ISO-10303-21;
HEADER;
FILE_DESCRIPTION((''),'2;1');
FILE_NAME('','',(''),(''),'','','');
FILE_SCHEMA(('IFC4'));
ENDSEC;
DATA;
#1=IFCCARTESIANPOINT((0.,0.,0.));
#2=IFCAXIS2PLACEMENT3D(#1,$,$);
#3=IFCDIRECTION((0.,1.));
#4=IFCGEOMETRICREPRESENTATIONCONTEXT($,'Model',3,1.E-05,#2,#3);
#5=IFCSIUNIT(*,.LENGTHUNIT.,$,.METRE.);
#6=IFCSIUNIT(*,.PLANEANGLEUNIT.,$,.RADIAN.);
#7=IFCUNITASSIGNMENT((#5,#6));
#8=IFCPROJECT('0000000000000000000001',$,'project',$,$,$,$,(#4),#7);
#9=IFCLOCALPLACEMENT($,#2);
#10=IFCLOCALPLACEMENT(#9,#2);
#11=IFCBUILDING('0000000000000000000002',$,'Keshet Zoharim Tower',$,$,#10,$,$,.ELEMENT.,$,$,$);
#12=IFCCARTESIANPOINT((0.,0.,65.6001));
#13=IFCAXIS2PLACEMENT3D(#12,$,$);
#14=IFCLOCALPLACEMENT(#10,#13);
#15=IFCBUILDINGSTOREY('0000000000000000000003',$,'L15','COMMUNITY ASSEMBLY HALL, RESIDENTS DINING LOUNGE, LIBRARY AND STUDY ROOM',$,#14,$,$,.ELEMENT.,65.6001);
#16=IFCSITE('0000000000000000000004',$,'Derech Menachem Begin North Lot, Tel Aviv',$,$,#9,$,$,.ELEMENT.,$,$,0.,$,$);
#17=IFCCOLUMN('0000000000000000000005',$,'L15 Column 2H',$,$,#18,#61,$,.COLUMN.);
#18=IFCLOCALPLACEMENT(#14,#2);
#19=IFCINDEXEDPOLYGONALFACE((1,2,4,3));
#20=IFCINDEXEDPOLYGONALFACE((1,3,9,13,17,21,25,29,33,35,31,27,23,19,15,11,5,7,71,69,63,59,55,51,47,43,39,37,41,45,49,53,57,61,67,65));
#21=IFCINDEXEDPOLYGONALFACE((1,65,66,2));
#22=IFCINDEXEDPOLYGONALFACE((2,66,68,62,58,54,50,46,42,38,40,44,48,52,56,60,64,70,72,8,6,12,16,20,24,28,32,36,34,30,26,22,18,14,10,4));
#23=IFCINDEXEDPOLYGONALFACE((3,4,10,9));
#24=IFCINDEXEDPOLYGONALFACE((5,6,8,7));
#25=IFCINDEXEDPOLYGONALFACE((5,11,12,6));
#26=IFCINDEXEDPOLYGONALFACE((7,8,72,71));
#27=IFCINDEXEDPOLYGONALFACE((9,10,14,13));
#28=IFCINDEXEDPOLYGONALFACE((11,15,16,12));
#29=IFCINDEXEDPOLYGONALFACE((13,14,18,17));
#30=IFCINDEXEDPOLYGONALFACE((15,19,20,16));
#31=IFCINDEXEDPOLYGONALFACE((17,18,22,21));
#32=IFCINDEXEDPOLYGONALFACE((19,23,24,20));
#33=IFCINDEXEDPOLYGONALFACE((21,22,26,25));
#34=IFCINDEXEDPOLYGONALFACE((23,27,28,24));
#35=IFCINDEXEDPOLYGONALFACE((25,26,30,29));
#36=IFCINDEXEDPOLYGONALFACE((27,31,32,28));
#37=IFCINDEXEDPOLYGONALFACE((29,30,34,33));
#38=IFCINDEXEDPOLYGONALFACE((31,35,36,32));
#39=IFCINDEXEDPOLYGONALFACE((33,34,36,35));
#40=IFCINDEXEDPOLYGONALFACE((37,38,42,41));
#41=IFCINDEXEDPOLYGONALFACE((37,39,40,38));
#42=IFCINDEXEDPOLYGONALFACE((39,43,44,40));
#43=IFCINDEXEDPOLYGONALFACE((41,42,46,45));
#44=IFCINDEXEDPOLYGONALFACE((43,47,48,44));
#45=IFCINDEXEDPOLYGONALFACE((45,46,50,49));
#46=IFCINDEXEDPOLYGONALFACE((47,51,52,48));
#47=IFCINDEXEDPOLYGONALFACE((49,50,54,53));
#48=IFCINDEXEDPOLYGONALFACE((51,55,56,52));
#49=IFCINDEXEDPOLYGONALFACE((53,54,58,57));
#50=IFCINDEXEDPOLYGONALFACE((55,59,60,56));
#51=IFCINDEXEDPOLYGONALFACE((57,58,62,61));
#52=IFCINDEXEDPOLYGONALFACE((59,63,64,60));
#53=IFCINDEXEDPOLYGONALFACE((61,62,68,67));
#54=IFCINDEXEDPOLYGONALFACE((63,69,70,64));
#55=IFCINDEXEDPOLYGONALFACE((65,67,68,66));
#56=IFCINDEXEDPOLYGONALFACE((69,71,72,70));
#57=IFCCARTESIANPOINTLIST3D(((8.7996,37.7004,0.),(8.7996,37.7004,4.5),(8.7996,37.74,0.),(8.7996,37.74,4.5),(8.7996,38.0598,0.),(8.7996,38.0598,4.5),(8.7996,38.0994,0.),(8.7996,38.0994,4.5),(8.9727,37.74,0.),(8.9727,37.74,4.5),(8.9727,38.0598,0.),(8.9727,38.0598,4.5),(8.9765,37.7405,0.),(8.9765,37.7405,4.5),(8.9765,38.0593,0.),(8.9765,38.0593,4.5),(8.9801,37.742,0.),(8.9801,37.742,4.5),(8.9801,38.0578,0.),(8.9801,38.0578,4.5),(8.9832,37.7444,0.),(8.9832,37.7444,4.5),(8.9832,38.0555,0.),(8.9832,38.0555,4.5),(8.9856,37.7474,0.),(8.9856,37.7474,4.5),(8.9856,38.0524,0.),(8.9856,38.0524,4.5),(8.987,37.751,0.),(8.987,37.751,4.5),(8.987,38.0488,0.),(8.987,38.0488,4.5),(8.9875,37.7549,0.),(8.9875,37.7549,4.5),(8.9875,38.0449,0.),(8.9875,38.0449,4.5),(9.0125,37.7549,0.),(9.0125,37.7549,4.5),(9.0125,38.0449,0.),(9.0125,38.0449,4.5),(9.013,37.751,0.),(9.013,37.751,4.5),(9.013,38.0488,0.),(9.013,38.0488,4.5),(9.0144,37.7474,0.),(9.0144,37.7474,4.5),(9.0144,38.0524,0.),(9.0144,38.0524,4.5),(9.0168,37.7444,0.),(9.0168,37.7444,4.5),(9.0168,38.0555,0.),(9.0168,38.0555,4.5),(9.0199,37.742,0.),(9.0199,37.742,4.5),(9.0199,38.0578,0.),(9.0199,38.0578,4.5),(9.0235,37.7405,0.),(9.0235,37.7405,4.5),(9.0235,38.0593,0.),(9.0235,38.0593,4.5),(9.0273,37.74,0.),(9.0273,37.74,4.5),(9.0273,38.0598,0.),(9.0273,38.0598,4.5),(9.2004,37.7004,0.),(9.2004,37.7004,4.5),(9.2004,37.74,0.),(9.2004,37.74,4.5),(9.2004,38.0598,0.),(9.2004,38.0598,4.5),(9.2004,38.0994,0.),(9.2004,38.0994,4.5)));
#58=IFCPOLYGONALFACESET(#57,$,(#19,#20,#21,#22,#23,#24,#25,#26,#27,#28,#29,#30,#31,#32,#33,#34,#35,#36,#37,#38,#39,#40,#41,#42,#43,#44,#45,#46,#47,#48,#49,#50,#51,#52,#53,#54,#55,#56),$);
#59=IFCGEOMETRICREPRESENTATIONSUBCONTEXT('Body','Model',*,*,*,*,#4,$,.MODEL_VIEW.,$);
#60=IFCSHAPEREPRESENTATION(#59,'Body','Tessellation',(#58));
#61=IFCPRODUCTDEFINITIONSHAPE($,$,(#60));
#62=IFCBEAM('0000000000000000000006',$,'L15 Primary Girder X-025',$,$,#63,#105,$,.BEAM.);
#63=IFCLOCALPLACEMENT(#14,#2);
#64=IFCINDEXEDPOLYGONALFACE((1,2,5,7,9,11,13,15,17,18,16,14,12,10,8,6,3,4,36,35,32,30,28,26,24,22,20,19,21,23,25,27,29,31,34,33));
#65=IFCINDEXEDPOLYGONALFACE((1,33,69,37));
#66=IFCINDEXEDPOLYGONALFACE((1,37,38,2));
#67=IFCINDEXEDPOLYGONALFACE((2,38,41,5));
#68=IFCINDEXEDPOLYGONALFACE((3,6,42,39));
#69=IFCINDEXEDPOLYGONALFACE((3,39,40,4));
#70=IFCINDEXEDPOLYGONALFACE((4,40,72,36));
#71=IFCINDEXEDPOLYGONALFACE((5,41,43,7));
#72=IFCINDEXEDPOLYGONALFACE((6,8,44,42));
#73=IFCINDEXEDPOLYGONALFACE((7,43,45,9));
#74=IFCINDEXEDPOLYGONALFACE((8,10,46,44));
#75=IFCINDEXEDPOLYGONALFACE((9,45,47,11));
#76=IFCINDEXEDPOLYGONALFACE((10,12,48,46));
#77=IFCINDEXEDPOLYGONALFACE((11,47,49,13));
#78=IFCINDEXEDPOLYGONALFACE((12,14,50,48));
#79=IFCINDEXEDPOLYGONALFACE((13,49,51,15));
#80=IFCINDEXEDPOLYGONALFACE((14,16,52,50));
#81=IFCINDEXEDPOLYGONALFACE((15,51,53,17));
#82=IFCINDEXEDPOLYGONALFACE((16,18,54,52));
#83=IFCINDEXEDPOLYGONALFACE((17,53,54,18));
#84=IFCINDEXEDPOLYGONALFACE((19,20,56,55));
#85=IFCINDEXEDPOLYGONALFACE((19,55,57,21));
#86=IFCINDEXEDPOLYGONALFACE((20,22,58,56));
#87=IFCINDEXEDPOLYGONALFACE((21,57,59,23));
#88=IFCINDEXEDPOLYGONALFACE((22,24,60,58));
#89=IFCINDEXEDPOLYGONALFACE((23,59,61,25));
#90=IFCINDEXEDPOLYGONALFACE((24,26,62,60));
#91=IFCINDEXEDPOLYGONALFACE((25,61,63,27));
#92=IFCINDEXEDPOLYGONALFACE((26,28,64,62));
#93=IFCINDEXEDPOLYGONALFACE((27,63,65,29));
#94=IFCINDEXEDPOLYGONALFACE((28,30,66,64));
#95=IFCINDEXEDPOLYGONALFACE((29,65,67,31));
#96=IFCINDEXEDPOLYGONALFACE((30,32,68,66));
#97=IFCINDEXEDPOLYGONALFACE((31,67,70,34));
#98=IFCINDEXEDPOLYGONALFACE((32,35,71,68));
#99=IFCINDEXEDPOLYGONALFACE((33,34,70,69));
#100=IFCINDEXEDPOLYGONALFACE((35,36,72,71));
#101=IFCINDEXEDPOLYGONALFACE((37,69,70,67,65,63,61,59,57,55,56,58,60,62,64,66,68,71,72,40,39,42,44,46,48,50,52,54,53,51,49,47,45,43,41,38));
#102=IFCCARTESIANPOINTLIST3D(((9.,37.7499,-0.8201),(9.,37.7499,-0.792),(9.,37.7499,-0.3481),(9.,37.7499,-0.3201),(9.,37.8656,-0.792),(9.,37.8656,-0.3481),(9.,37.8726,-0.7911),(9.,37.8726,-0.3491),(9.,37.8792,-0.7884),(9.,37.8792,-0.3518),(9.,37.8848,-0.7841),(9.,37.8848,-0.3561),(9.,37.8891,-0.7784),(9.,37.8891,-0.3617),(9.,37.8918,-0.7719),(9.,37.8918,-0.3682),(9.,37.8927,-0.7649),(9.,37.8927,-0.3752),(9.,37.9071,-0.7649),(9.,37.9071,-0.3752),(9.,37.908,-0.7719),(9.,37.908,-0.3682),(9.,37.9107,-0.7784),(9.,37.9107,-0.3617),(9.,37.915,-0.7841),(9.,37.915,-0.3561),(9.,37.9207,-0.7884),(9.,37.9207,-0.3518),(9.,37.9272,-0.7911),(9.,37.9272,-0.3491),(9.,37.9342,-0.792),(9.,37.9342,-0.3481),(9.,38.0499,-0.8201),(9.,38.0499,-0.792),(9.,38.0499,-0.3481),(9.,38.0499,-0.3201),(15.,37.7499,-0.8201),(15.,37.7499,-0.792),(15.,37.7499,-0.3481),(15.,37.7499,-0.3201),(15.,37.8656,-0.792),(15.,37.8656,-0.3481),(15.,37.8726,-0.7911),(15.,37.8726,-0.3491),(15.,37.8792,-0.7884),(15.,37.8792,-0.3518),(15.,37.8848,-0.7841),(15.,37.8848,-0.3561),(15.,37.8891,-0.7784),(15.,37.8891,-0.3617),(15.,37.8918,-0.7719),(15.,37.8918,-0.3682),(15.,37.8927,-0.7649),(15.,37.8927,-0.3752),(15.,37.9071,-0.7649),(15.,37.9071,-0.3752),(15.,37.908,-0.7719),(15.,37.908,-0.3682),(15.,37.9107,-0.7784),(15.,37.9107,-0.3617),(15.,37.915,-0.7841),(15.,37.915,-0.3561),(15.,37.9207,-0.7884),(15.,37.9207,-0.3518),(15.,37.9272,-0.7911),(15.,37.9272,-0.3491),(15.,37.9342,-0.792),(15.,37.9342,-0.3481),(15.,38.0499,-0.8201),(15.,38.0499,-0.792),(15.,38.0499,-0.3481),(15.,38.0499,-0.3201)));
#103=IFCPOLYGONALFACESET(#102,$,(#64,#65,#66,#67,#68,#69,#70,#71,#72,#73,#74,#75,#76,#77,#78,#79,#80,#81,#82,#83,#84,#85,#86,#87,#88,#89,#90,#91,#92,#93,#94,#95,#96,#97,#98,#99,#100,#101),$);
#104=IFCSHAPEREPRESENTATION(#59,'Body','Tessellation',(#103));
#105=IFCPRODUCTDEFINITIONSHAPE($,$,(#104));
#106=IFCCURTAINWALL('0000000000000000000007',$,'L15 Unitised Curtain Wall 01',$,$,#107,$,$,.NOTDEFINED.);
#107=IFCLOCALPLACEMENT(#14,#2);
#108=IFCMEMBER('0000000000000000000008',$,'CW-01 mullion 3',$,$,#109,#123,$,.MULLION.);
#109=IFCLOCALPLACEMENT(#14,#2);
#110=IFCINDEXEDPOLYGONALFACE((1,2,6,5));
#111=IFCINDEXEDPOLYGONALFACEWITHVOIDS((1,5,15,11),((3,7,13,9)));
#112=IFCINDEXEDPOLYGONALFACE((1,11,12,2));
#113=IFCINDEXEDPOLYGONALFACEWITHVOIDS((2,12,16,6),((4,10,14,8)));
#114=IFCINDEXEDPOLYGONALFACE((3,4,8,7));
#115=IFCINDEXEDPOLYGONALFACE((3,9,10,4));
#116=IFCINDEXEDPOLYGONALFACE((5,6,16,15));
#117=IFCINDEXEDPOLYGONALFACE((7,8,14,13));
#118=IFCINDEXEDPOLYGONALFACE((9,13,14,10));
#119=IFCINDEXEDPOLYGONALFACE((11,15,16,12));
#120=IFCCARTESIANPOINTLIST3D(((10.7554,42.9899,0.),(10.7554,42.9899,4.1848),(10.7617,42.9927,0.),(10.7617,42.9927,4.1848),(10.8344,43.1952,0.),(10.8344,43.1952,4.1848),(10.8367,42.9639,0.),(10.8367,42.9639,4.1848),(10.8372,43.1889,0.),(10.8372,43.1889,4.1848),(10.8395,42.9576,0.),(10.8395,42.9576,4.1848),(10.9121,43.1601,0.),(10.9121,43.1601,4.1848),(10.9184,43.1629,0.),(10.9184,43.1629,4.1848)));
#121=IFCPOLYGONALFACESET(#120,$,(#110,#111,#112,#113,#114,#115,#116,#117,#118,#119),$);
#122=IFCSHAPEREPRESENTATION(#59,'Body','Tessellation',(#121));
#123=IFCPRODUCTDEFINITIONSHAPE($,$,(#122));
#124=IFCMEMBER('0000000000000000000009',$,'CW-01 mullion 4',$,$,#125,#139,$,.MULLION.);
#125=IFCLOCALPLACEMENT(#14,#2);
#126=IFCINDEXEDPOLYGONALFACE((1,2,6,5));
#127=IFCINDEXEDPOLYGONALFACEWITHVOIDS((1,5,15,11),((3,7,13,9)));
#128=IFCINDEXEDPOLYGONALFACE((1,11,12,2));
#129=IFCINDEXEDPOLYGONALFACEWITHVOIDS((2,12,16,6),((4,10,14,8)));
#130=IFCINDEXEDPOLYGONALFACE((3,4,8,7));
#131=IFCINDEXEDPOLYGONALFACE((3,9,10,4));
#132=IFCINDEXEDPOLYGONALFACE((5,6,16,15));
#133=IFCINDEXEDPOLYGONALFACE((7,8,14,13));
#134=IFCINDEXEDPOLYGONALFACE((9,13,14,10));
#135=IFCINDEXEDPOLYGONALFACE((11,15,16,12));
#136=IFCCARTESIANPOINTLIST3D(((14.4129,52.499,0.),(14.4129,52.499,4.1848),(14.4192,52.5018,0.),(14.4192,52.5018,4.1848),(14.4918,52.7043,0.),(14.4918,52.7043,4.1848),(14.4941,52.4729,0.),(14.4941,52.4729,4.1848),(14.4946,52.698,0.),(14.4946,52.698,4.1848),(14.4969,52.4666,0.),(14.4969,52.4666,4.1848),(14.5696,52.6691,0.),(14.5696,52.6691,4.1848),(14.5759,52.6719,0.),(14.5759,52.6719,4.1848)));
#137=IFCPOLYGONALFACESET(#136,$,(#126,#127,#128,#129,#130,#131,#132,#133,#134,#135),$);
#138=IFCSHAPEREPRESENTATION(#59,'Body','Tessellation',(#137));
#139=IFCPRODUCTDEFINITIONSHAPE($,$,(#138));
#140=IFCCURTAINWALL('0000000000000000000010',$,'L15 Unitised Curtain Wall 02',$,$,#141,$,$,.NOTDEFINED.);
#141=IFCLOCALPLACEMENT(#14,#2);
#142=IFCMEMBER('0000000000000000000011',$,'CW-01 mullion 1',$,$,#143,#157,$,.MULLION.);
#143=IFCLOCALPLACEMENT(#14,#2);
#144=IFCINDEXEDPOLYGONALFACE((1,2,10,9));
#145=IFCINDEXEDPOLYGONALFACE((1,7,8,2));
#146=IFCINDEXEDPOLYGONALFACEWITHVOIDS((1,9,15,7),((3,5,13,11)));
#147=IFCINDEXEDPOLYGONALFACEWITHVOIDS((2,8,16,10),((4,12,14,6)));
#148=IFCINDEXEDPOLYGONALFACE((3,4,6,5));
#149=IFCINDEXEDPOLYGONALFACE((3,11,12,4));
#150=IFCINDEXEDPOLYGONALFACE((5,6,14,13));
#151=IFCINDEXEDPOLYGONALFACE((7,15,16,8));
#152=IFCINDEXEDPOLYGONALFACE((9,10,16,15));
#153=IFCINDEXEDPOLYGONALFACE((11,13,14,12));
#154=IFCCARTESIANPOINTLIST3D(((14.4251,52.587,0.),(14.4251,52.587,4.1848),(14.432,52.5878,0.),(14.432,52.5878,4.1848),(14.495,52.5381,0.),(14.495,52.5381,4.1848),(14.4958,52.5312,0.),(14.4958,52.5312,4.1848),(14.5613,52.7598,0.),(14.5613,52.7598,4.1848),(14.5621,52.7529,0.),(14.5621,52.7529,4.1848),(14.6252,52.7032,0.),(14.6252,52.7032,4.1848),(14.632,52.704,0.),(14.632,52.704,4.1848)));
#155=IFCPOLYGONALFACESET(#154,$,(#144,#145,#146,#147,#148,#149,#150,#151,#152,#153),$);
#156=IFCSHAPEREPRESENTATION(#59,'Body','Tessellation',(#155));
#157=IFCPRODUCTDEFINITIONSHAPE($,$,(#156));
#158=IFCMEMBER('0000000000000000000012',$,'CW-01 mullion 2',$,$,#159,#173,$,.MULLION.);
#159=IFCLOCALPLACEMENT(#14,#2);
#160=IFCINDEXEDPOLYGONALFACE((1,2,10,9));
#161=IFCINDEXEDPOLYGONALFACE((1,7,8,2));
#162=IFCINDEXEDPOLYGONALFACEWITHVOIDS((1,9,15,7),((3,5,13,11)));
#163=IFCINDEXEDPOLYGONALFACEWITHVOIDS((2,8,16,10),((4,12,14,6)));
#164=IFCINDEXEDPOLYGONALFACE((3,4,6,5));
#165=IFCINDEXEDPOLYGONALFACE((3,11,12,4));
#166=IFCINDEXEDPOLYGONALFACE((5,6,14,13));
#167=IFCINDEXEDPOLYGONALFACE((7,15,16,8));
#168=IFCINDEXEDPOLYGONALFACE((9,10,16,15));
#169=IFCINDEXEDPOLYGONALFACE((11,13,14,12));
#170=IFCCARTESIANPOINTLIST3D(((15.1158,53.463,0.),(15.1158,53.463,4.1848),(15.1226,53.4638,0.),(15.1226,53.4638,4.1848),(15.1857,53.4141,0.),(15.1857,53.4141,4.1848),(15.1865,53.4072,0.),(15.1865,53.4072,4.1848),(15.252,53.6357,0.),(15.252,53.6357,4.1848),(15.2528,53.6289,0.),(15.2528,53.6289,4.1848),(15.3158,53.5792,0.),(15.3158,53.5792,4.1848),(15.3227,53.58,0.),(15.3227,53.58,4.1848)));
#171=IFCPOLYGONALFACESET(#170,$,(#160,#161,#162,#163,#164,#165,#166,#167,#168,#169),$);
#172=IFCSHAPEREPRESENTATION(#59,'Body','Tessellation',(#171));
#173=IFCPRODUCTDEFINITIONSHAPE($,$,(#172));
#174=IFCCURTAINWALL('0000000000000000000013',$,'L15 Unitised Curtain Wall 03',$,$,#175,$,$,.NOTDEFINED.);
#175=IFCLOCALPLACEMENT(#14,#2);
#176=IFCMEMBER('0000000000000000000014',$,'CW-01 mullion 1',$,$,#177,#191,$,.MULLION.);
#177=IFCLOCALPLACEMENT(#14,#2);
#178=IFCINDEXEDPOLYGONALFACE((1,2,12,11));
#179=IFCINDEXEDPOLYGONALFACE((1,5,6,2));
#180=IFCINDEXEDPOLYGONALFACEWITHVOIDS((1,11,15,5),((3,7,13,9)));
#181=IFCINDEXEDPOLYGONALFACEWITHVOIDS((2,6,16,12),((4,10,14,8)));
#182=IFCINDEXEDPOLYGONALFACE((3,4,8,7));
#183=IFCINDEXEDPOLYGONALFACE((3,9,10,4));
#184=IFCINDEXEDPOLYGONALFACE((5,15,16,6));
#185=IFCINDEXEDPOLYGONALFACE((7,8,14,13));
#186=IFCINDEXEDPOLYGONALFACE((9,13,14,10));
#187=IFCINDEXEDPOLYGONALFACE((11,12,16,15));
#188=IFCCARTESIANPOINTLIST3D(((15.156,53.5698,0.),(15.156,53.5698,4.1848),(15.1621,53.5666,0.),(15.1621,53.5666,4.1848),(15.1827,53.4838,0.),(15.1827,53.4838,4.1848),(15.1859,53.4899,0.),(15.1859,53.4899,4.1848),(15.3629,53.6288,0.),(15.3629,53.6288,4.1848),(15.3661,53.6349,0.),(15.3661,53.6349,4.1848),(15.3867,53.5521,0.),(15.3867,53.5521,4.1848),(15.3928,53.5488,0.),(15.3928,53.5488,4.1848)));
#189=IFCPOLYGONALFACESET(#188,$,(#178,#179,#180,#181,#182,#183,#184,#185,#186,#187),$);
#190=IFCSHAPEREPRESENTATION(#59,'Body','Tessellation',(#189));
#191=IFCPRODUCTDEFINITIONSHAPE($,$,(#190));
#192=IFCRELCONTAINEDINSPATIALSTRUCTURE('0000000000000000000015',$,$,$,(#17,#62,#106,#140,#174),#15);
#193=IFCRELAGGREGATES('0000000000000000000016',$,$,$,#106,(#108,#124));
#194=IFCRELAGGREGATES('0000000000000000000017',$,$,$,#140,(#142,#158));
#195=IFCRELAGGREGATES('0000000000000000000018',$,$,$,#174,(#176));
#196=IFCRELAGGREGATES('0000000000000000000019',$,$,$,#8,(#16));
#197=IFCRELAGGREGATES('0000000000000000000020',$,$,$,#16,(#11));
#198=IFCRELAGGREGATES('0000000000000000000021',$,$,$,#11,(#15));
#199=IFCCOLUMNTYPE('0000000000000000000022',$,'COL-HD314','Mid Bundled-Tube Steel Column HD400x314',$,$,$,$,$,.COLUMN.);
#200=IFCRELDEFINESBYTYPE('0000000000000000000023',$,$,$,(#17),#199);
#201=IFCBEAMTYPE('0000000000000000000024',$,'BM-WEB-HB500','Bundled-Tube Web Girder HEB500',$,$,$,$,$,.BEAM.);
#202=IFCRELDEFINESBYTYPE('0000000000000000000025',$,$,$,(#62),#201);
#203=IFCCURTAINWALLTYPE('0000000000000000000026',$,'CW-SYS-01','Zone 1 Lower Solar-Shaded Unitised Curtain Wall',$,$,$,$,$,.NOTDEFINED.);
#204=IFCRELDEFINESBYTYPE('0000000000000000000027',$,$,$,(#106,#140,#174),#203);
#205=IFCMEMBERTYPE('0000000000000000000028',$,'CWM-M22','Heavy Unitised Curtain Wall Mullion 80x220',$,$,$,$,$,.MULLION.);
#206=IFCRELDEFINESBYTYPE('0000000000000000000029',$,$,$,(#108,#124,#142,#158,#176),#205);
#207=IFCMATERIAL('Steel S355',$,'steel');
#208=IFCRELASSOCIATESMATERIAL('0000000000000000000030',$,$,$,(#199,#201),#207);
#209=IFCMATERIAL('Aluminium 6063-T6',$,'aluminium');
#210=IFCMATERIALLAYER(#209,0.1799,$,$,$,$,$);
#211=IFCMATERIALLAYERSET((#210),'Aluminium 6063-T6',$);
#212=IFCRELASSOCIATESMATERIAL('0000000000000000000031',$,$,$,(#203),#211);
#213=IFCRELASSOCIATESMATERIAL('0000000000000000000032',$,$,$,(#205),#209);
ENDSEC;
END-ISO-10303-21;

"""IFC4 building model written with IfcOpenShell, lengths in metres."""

from ifc_helpers import new_model, si_unit, direction, frame, origin, origin_2d, place, context, subcontext, project, spatial, hollow_rectangle, i_section, extrude, material, layer, layer_set, material_profile, profile_set, type_object, element, aggregate, save


model = new_model("IFC4")

# Units and contexts
model_context = context("Model", 3, precision=1e-05, world=origin(), true_north=direction((0.0, 1.0)))
body_context = subcontext(model_context, "Body", "Model", "MODEL_VIEW")
ifc_project = project(units=[si_unit("LENGTHUNIT", "METRE"), si_unit("PLANEANGLEUNIT", "RADIAN")], contexts=[model_context])

# Site, building, storey
site_placement = place(None, origin())
site = spatial("IfcSite", under=ifc_project, at=site_placement, Name="Derech Menachem Begin North Lot, Tel Aviv", CompositionType="ELEMENT", RefElevation=0.0)
building_placement = place(site_placement, origin())
building = spatial("IfcBuilding", under=site, at=building_placement, Name="Keshet Zoharim Tower", CompositionType="ELEMENT")
storey_placement = place(building_placement, frame((0.0, 0.0, 65.6001)))
storey = spatial("IfcBuildingStorey", under=building, at=storey_placement, Name="L15", Description="COMMUNITY ASSEMBLY HALL, RESIDENTS DINING LOUNGE, LIBRARY AND STUDY ROOM", CompositionType="ELEMENT", Elevation=65.6001)

# Column
ifc_material_1 = material(Name="Steel S355", Category="steel")
ifc_material_profile_1 = material_profile(ifc_material_1, i_section(OverallWidth=0.4009, OverallDepth=0.3989, WebThickness=0.0249, FlangeThickness=0.0396, FilletRadius=0.0149, at=origin_2d()), Name="HD400x314")
ifc_profile_set_1 = profile_set([ifc_material_profile_1], Name="Steel S355")
column_type = type_object("IfcColumnType", Name="COL-HD314", Description="Mid Bundled-Tube Steel Column HD400x314", PredefinedType="COLUMN", material=ifc_profile_set_1)
column_placement = place(storey_placement, frame((9.0, 37.8999, 0.0), z_axis=(0.0, 0.0, 1.0), x_axis=(1.0, 0.0, 0.0)))
element("IfcColumn", 1, at=column_placement, inside=storey, type_object=column_type, Name="L15 Column 2H", PredefinedType="COLUMN", context=body_context, shape_type="SweptSolid", body=[
    extrude(i_section(OverallWidth=0.4009, OverallDepth=0.3989, WebThickness=0.0249, FlangeThickness=0.0396, FilletRadius=0.0149, at=origin_2d()), origin(), (0.0, 0.0, 1.0), 4.5),
])

# Beam
ifc_material_profile_2 = material_profile(ifc_material_1, i_section(OverallWidth=0.3, OverallDepth=0.5, WebThickness=0.0144, FlangeThickness=0.0281, FilletRadius=0.0271, at=origin_2d()), Name="HEB500")
ifc_profile_set_2 = profile_set([ifc_material_profile_2], Name="Steel S355")
beam_type = type_object("IfcBeamType", Name="BM-WEB-HB500", Description="Bundled-Tube Web Girder HEB500", PredefinedType="BEAM", material=ifc_profile_set_2)
beam_placement = place(storey_placement, frame((9.0, 37.8999, -0.5701), z_axis=(1.0, 0.0, 0.0), x_axis=(0.0, 1.0, 0.0)))
element("IfcBeam", 2, at=beam_placement, inside=storey, type_object=beam_type, Name="L15 Primary Girder X-025", PredefinedType="BEAM", context=body_context, shape_type="SweptSolid", body=[
    extrude(i_section(OverallWidth=0.3, OverallDepth=0.5, WebThickness=0.0144, FlangeThickness=0.0281, FilletRadius=0.0271, at=origin_2d()), origin(), (0.0, 0.0, 1.0), 6.0),
])

# Curtain walls, members
ifc_material_2 = material(Name="Aluminium 6063-T6", Category="aluminium")
ifc_layer_1 = layer(ifc_material_2, 0.1799)
ifc_layer_set_1 = layer_set([ifc_layer_1], Name="Aluminium 6063-T6")
curtain_wall_type_1 = type_object("IfcCurtainWallType", Name="CW-SYS-01", Description="Zone 1 Lower Solar-Shaded Unitised Curtain Wall", PredefinedType="NOTDEFINED", material=ifc_layer_set_1)
curtain_wall_1_placement = place(storey_placement, origin())
curtain_wall_1 = element("IfcCurtainWall", 3, at=curtain_wall_1_placement, inside=storey, type_object=curtain_wall_type_1, Name="L15 Unitised Curtain Wall 01", PredefinedType="NOTDEFINED")
ifc_material_profile_3 = material_profile(ifc_material_2, hollow_rectangle(XDim=0.0901, YDim=0.22, WallThickness=0.0049, at=origin_2d()), Name="MUL-90x220")
ifc_profile_set_3 = profile_set([ifc_material_profile_3], Name="Aluminium 6063-T6")
member_type_1 = type_object("IfcMemberType", Name="CWM-M22", Description="Heavy Unitised Curtain Wall Mullion 80x220", PredefinedType="MULLION", material=ifc_profile_set_3)
member_1_placement = place(storey_placement, frame((10.8369, 43.0764, 0.0), z_axis=(0.0, 0.0, 1.0), x_axis=(-0.933341, 0.35899, 0.0)))
member_1 = element("IfcMember", 4, at=member_1_placement, type_object=member_type_1, Name="CW-01 mullion 3", PredefinedType="MULLION", context=body_context, shape_type="SweptSolid", body=[
    extrude(hollow_rectangle(XDim=0.0901, YDim=0.22, WallThickness=0.0049, at=origin_2d()), origin(), (0.0, 0.0, 1.0), 4.1848),
])
member_2_placement = place(storey_placement, frame((14.4944, 52.5854, 0.0), z_axis=(0.0, 0.0, 1.0), x_axis=(-0.933341, 0.35899, 0.0)))
member_2 = element("IfcMember", 5, at=member_2_placement, type_object=member_type_1, Name="CW-01 mullion 4", PredefinedType="MULLION", context=body_context, shape_type="SweptSolid", body=[
    extrude(hollow_rectangle(XDim=0.0901, YDim=0.22, WallThickness=0.0049, at=origin_2d()), origin(), (0.0, 0.0, 1.0), 4.1848),
])
curtain_wall_2_placement = place(storey_placement, origin())
curtain_wall_2 = element("IfcCurtainWall", 6, at=curtain_wall_2_placement, inside=storey, type_object=curtain_wall_type_1, Name="L15 Unitised Curtain Wall 02", PredefinedType="NOTDEFINED")
member_3_placement = place(storey_placement, frame((14.5286, 52.6455, 0.0), z_axis=(0.0, 0.0, 1.0), x_axis=(-0.785293, 0.619125, 0.0)))
member_3 = element("IfcMember", 7, at=member_3_placement, type_object=member_type_1, Name="CW-01 mullion 1", PredefinedType="MULLION", context=body_context, shape_type="SweptSolid", body=[
    extrude(hollow_rectangle(XDim=0.0901, YDim=0.22, WallThickness=0.0049, at=origin_2d()), origin(), (0.0, 0.0, 1.0), 4.1848),
])
member_4_placement = place(storey_placement, frame((15.2192, 53.5215, 0.0), z_axis=(0.0, 0.0, 1.0), x_axis=(-0.785293, 0.619125, 0.0)))
member_4 = element("IfcMember", 8, at=member_4_placement, type_object=member_type_1, Name="CW-01 mullion 2", PredefinedType="MULLION", context=body_context, shape_type="SweptSolid", body=[
    extrude(hollow_rectangle(XDim=0.0901, YDim=0.22, WallThickness=0.0049, at=origin_2d()), origin(), (0.0, 0.0, 1.0), 4.1848),
])
curtain_wall_3_placement = place(storey_placement, origin())
curtain_wall_3 = element("IfcCurtainWall", 9, at=curtain_wall_3_placement, inside=storey, type_object=curtain_wall_type_1, Name="L15 Unitised Curtain Wall 03", PredefinedType="NOTDEFINED")
member_5_placement = place(storey_placement, frame((15.2744, 53.5593, 0.0), z_axis=(0.0, 0.0, 1.0), x_axis=(-0.295922, 0.955212, 0.0)))
member_5 = element("IfcMember", 10, at=member_5_placement, type_object=member_type_1, Name="CW-01 mullion 1", PredefinedType="MULLION", context=body_context, shape_type="SweptSolid", body=[
    extrude(hollow_rectangle(XDim=0.0901, YDim=0.22, WallThickness=0.0049, at=origin_2d()), origin(), (0.0, 0.0, 1.0), 4.1848),
])

aggregate(curtain_wall_1, [member_1, member_2])
aggregate(curtain_wall_2, [member_3, member_4])
aggregate(curtain_wall_3, [member_5])

save(model, "model.ifc")
